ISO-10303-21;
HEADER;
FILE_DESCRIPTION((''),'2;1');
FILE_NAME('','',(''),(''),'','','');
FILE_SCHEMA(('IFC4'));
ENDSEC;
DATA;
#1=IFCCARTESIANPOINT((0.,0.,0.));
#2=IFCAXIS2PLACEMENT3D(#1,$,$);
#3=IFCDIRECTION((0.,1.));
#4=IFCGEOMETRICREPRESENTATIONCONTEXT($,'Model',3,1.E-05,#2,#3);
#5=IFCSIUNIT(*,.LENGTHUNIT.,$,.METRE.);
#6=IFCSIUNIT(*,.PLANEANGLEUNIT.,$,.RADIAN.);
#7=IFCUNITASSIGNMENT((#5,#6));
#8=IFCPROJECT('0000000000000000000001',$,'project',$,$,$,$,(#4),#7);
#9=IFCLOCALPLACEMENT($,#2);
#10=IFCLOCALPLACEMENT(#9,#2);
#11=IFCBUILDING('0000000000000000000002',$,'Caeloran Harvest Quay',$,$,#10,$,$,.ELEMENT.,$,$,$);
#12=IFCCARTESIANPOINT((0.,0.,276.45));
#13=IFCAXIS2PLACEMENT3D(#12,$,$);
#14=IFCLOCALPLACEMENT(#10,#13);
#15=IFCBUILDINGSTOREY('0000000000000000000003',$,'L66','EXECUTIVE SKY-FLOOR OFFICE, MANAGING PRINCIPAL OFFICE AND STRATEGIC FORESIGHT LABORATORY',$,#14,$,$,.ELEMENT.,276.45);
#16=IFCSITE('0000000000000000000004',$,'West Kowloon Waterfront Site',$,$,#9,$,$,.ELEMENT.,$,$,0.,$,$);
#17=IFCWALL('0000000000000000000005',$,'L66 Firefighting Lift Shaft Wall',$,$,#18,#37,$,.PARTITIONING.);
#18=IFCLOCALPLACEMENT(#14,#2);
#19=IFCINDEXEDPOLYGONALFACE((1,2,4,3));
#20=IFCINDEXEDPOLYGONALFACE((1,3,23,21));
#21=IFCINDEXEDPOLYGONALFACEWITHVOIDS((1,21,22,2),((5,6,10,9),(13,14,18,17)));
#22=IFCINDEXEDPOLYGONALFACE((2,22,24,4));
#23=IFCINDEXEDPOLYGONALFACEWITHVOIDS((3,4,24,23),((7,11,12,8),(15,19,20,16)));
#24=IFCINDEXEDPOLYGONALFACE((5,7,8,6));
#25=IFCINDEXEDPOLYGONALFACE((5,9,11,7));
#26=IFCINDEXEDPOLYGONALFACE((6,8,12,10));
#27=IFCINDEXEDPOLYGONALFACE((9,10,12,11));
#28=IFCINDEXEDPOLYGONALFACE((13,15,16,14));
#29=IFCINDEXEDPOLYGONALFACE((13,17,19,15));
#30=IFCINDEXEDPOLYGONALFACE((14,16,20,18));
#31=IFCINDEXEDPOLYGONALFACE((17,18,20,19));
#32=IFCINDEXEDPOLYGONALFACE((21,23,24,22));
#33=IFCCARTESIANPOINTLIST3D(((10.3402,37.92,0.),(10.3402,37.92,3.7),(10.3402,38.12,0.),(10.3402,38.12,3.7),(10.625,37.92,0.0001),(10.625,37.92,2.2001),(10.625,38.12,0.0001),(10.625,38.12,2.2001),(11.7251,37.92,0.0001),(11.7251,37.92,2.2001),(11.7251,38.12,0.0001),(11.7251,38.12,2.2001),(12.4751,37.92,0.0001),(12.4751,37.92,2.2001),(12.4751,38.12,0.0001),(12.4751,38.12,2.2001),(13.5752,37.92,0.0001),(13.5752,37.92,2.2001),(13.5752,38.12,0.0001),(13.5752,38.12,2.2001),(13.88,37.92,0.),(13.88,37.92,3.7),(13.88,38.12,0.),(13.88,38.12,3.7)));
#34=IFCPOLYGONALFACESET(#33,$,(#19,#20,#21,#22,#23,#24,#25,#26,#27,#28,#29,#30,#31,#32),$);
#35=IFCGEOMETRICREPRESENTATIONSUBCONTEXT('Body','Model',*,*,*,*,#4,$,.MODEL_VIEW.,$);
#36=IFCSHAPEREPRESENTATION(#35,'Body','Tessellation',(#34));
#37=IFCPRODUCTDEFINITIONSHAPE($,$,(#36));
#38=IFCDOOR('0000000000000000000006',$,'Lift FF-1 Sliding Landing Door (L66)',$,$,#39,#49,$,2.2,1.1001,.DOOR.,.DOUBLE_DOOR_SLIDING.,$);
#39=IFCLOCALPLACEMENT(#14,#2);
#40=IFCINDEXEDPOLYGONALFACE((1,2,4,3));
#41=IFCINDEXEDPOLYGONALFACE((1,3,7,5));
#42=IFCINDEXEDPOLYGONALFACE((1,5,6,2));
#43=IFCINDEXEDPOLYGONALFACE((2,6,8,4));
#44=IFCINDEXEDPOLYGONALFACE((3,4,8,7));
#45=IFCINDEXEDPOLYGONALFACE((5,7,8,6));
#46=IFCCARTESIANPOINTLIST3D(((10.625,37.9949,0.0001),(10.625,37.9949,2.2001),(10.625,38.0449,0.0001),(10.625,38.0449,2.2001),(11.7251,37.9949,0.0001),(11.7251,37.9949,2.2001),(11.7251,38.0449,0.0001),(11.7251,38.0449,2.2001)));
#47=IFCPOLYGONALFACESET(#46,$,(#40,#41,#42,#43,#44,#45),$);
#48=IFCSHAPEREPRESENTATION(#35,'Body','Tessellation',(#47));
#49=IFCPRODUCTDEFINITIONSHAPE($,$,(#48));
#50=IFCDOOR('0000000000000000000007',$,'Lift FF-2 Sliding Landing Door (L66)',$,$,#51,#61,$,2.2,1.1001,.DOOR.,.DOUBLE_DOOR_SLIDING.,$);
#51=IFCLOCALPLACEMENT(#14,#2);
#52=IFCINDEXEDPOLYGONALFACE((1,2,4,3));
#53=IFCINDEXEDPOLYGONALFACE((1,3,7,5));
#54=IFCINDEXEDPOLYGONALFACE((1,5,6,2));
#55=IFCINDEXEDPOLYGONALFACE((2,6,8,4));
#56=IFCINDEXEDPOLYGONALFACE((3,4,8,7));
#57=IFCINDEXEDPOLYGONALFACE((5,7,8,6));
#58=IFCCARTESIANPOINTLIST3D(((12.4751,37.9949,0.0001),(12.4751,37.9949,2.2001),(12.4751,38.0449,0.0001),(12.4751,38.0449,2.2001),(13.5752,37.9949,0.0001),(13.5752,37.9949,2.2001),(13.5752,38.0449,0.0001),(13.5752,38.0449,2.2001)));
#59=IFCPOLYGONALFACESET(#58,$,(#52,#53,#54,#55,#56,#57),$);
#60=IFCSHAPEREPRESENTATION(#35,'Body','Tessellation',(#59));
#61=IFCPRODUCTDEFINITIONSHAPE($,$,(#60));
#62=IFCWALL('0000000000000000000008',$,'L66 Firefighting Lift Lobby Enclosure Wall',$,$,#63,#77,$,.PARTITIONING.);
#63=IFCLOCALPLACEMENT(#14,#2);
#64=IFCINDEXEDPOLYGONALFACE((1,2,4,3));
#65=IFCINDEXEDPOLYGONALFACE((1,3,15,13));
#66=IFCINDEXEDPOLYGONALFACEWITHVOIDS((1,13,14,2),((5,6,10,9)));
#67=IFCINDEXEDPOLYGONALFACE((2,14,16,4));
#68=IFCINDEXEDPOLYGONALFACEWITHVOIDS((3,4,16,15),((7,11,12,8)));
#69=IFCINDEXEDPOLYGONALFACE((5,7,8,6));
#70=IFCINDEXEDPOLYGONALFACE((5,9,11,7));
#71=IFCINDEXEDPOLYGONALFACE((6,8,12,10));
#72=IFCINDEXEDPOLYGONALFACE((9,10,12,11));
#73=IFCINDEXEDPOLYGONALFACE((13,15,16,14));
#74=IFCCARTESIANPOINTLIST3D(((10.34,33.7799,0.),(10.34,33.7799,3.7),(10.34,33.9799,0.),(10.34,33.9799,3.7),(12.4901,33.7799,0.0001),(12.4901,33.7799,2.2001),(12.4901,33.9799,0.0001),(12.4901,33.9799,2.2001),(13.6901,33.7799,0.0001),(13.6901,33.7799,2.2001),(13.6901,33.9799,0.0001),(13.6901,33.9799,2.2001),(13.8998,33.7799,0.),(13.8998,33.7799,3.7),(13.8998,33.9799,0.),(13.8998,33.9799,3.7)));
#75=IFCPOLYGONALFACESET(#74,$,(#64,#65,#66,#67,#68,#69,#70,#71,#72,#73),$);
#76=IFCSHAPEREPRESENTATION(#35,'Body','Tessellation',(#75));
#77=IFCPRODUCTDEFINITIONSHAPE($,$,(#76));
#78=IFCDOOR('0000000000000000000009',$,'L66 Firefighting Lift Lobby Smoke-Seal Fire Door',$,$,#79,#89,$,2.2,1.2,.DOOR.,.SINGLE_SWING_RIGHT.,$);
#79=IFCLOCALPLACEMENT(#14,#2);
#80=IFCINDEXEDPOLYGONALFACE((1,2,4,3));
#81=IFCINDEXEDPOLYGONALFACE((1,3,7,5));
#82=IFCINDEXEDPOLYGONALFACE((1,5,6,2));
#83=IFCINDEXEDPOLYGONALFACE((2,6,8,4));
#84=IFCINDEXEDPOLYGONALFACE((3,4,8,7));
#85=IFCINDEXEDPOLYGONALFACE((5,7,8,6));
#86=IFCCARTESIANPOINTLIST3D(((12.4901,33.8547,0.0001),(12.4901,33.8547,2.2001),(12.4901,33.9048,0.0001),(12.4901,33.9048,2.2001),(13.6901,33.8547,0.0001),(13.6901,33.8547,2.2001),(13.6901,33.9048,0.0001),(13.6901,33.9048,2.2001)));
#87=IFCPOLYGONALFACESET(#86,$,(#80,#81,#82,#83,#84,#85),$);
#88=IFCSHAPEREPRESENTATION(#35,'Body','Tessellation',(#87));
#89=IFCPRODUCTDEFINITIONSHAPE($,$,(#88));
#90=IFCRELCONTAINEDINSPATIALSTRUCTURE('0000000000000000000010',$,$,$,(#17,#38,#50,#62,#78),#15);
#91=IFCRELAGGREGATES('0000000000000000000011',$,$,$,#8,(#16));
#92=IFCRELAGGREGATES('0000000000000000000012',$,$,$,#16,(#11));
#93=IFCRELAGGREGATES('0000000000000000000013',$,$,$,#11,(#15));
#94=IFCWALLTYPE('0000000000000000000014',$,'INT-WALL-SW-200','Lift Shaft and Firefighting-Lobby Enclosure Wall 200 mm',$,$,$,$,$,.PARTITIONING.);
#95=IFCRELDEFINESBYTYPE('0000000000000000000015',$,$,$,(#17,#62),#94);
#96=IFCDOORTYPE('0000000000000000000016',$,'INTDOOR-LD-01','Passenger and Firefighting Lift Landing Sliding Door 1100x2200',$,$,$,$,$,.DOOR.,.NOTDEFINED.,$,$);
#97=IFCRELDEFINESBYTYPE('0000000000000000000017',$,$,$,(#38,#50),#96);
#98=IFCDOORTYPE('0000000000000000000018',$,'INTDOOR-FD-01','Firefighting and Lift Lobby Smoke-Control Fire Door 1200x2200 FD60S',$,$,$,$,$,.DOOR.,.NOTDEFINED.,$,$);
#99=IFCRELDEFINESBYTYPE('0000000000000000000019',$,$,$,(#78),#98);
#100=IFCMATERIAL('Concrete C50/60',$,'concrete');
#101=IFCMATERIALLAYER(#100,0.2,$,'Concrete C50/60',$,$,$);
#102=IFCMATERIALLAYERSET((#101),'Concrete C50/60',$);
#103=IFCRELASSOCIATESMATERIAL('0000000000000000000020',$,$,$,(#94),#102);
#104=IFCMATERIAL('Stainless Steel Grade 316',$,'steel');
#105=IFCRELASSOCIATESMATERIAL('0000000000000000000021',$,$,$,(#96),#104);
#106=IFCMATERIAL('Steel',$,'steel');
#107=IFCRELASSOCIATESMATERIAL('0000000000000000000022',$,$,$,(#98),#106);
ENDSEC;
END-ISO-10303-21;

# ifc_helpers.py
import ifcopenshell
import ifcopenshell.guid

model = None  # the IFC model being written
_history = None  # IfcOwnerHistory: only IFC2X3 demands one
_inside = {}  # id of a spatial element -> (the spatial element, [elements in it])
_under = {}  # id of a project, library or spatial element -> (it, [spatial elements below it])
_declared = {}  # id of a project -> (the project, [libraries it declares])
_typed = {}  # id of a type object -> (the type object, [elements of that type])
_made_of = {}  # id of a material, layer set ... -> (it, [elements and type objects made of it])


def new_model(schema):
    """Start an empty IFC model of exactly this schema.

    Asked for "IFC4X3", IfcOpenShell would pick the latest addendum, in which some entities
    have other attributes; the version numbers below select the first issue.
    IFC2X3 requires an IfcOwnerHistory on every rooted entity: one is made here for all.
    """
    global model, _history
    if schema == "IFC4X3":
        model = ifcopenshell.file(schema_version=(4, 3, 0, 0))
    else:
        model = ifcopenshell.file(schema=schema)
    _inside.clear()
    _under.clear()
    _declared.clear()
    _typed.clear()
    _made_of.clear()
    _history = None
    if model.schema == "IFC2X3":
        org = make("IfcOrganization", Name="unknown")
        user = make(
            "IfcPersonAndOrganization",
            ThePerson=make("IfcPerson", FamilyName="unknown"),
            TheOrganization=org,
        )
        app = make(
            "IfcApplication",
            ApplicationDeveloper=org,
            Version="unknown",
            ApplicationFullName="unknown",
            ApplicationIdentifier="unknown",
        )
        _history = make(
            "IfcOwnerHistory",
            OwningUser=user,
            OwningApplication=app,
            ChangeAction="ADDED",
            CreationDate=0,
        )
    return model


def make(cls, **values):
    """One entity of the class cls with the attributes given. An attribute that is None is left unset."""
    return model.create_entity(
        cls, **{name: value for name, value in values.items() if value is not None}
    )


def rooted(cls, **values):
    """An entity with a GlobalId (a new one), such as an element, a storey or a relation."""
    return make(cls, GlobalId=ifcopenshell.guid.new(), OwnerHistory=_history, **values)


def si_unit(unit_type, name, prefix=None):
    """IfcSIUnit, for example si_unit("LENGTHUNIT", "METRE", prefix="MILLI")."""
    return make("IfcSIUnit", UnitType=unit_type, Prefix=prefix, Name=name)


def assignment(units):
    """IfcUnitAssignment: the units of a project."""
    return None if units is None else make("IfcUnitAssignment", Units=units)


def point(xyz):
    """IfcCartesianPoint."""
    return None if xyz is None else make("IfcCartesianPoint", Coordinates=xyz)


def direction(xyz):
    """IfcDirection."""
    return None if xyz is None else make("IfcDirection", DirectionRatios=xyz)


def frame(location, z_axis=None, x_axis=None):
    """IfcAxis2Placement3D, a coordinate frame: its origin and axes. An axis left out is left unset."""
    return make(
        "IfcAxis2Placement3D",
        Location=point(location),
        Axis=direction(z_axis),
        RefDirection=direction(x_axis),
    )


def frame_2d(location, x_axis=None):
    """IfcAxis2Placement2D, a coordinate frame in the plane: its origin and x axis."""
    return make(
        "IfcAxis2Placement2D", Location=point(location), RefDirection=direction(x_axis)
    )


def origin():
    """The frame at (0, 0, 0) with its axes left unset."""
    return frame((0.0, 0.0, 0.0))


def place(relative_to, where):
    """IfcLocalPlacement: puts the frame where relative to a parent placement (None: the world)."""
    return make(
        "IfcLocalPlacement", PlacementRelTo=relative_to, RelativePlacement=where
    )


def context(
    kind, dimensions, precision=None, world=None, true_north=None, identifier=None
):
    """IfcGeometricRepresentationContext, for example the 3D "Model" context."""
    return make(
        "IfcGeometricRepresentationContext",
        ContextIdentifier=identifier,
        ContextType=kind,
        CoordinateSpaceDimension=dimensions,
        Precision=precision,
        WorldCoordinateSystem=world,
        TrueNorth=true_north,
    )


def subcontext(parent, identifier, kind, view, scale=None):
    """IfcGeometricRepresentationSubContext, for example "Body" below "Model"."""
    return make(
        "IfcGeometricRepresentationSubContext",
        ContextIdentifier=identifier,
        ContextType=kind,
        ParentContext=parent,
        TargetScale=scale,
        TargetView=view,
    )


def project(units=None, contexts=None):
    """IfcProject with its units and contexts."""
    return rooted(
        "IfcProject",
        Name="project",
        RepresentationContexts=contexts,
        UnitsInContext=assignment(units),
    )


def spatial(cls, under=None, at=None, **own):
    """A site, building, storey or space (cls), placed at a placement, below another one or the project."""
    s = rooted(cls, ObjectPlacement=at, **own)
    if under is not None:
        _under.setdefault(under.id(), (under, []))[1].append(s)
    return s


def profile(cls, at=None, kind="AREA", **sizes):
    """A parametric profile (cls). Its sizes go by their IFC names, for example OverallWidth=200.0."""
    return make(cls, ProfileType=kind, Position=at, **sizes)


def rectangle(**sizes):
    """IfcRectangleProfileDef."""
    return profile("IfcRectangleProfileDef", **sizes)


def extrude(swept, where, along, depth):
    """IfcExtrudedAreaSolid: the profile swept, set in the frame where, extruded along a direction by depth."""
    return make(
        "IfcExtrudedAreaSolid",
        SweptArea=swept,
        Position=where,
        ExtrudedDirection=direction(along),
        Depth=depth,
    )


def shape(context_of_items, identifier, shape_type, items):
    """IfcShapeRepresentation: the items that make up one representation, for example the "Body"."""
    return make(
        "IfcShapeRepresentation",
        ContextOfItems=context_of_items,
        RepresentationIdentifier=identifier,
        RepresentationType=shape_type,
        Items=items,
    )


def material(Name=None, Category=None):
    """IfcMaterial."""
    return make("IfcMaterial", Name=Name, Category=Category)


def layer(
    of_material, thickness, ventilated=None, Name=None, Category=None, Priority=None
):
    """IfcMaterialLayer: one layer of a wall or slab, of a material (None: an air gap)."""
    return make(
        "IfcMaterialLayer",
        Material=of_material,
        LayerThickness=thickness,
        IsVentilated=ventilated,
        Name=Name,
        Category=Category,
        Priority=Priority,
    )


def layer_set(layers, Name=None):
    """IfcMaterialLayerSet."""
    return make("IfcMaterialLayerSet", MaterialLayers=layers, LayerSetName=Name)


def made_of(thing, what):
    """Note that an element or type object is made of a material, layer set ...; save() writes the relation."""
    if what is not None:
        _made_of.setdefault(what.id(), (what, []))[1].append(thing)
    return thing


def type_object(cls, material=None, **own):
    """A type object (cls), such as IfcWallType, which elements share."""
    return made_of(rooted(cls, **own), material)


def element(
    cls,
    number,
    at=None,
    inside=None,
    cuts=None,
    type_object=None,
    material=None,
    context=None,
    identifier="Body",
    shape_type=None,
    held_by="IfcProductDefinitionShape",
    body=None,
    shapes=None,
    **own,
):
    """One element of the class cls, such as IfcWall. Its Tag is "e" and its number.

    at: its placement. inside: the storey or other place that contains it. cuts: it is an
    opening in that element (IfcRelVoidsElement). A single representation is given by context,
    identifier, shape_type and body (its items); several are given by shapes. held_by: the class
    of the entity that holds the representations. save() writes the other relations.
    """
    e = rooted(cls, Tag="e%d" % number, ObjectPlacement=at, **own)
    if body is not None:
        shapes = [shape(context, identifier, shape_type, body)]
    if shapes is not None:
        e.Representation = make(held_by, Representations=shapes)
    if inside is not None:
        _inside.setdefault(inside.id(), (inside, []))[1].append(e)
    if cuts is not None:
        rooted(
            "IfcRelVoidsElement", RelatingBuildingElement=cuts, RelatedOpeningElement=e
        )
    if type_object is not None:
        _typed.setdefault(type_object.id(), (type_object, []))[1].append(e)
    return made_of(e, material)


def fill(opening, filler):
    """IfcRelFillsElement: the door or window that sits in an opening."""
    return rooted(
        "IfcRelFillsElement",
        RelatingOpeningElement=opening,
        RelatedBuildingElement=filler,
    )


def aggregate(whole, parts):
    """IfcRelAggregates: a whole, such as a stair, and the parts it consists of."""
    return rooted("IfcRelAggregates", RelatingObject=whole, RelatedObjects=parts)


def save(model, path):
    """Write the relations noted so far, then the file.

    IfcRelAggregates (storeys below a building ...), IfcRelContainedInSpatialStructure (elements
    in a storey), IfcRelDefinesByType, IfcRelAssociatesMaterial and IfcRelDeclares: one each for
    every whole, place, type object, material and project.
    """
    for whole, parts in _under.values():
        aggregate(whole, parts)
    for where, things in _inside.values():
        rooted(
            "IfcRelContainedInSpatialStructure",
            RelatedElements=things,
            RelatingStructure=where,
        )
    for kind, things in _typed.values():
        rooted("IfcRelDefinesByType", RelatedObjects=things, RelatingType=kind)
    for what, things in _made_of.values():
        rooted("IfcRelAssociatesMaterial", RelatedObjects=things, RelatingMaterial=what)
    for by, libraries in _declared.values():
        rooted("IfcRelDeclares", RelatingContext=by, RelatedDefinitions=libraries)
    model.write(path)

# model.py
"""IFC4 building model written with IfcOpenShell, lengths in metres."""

from ifc_helpers import new_model, si_unit, direction, frame, frame_2d, origin, place, context, subcontext, project, spatial, rectangle, extrude, material, layer, layer_set, type_object, element, fill, save


model = new_model("IFC4")

# Units and contexts
model_context = context("Model", 3, precision=1e-05, world=origin(), true_north=direction((0.0, 1.0)))
body_context = subcontext(model_context, "Body", "Model", "MODEL_VIEW")
ifc_project = project(units=[si_unit("LENGTHUNIT", "METRE"), si_unit("PLANEANGLEUNIT", "RADIAN")], contexts=[model_context])

# Site, building, storey
site_placement = place(None, origin())
site = spatial("IfcSite", under=ifc_project, at=site_placement, Name="West Kowloon Waterfront Site", CompositionType="ELEMENT", RefElevation=0.0)
building_placement = place(site_placement, origin())
building = spatial("IfcBuilding", under=site, at=building_placement, Name="Caeloran Harvest Quay", CompositionType="ELEMENT")
storey_placement = place(building_placement, frame((0.0, 0.0, 276.45)))
storey = spatial("IfcBuildingStorey", under=building, at=storey_placement, Name="L66", Description="EXECUTIVE SKY-FLOOR OFFICE, MANAGING PRINCIPAL OFFICE AND STRATEGIC FORESIGHT LABORATORY", CompositionType="ELEMENT", Elevation=276.45)

# Shared definitions
ifc_material_1 = material(Name="Concrete C50/60", Category="concrete")
ifc_layer_1 = layer(ifc_material_1, 0.2, Name="Concrete C50/60")
ifc_layer_set_1 = layer_set([ifc_layer_1], Name="Concrete C50/60")
wall_type_1 = type_object("IfcWallType", Name="INT-WALL-SW-200", Description="Lift Shaft and Firefighting-Lobby Enclosure Wall 200 mm", PredefinedType="PARTITIONING", material=ifc_layer_set_1)
ifc_material_2 = material(Name="Stainless Steel Grade 316", Category="steel")
door_type_1 = type_object("IfcDoorType", Name="INTDOOR-LD-01", Description="Passenger and Firefighting Lift Landing Sliding Door 1100x2200", OperationType="NOTDEFINED", PredefinedType="DOOR", material=ifc_material_2)

# Wall, openings, doors
wall_1_placement = place(storey_placement, frame((10.3401, 38.02, 0.0), z_axis=(0.0, 0.0, 1.0), x_axis=(1.0, 0.0, 0.0)))
wall_1 = element("IfcWall", 1, at=wall_1_placement, inside=storey, type_object=wall_type_1, Name="L66 Firefighting Lift Shaft Wall", PredefinedType="PARTITIONING", context=body_context, shape_type="SweptSolid", body=[
    extrude(rectangle(XDim=3.5398, YDim=0.2, at=frame_2d((1.77, 0.0))), origin(), (0.0, 0.0, 1.0), 3.7),
])
opening_1_placement = place(wall_1_placement, frame((0.2849, 0.0, 0.0)))
opening_1 = element("IfcOpeningElement", 2, at=opening_1_placement, cuts=wall_1, PredefinedType="OPENING", context=body_context, shape_type="SweptSolid", body=[
    extrude(rectangle(XDim=1.1001, YDim=2.2, at=frame_2d((0.55, 1.1001))), frame((0.0, 0.1099, 0.0), z_axis=(0.0, -1.0, 0.0), x_axis=(1.0, 0.0, 0.0)), (0.0, 0.0, 1.0), 0.22),
])
opening_2_placement = place(wall_1_placement, frame((2.135, 0.0, 0.0)))
opening_2 = element("IfcOpeningElement", 3, at=opening_2_placement, cuts=wall_1, PredefinedType="OPENING", context=body_context, shape_type="SweptSolid", body=[
    extrude(rectangle(XDim=1.1001, YDim=2.2, at=frame_2d((0.55, 1.1001))), frame((0.0, 0.1099, 0.0), z_axis=(0.0, -1.0, 0.0), x_axis=(1.0, 0.0, 0.0)), (0.0, 0.0, 1.0), 0.22),
])
door_1_placement = place(opening_1_placement, origin())
door_1 = element("IfcDoor", 4, at=door_1_placement, inside=storey, type_object=door_type_1, Name="Lift FF-1 Sliding Landing Door (L66)", OperationType="DOUBLE_DOOR_SLIDING", OverallHeight=2.2, OverallWidth=1.1001, PredefinedType="DOOR", context=body_context, shape_type="SweptSolid", body=[
    extrude(rectangle(XDim=1.1001, YDim=2.2, at=frame_2d((0.55, 1.1001))), frame((0.0, 0.0249, 0.0), z_axis=(0.0, -1.0, 0.0), x_axis=(1.0, 0.0, 0.0)), (0.0, 0.0, 1.0), 0.05),
])
fill(opening_1, door_1)
door_2_placement = place(opening_2_placement, origin())
door_2 = element("IfcDoor", 5, at=door_2_placement, inside=storey, type_object=door_type_1, Name="Lift FF-2 Sliding Landing Door (L66)", OperationType="DOUBLE_DOOR_SLIDING", OverallHeight=2.2, OverallWidth=1.1001, PredefinedType="DOOR", context=body_context, shape_type="SweptSolid", body=[
    extrude(rectangle(XDim=1.1001, YDim=2.2, at=frame_2d((0.55, 1.1001))), frame((0.0, 0.0249, 0.0), z_axis=(0.0, -1.0, 0.0), x_axis=(1.0, 0.0, 0.0)), (0.0, 0.0, 1.0), 0.05),
])
fill(opening_2, door_2)

# Wall, opening, door
wall_2_placement = place(storey_placement, frame((10.3401, 33.8799, 0.0), z_axis=(0.0, 0.0, 1.0), x_axis=(1.0, 0.0, 0.0)))
wall_2 = element("IfcWall", 6, at=wall_2_placement, inside=storey, type_object=wall_type_1, Name="L66 Firefighting Lift Lobby Enclosure Wall", PredefinedType="PARTITIONING", context=body_context, shape_type="SweptSolid", body=[
    extrude(rectangle(XDim=3.5598, YDim=0.2, at=frame_2d((1.7798, 0.0))), origin(), (0.0, 0.0, 1.0), 3.7),
])
opening_3_placement = place(wall_2_placement, frame((2.1499, 0.0, 0.0)))
opening_3 = element("IfcOpeningElement", 7, at=opening_3_placement, cuts=wall_2, PredefinedType="OPENING", context=body_context, shape_type="SweptSolid", body=[
    extrude(rectangle(XDim=1.2, YDim=2.2, at=frame_2d((0.6001, 1.1001))), frame((0.0, 0.1099, 0.0), z_axis=(0.0, -1.0, 0.0), x_axis=(1.0, 0.0, 0.0)), (0.0, 0.0, 1.0), 0.22),
])
ifc_material_3 = material(Name="Steel", Category="steel")
door_type_2 = type_object("IfcDoorType", Name="INTDOOR-FD-01", Description="Firefighting and Lift Lobby Smoke-Control Fire Door 1200x2200 FD60S", OperationType="NOTDEFINED", PredefinedType="DOOR", material=ifc_material_3)
door_3_placement = place(opening_3_placement, origin())
door_3 = element("IfcDoor", 8, at=door_3_placement, inside=storey, type_object=door_type_2, Name="L66 Firefighting Lift Lobby Smoke-Seal Fire Door", OperationType="SINGLE_SWING_RIGHT", OverallHeight=2.2, OverallWidth=1.2, PredefinedType="DOOR", context=body_context, shape_type="SweptSolid", body=[
    extrude(rectangle(XDim=1.2, YDim=2.2, at=frame_2d((0.6001, 1.1001))), frame((0.0, 0.0249, 0.0), z_axis=(0.0, -1.0, 0.0), x_axis=(1.0, 0.0, 0.0)), (0.0, 0.0, 1.0), 0.05),
])
fill(opening_3, door_3)

save(model, "model.ifc")
